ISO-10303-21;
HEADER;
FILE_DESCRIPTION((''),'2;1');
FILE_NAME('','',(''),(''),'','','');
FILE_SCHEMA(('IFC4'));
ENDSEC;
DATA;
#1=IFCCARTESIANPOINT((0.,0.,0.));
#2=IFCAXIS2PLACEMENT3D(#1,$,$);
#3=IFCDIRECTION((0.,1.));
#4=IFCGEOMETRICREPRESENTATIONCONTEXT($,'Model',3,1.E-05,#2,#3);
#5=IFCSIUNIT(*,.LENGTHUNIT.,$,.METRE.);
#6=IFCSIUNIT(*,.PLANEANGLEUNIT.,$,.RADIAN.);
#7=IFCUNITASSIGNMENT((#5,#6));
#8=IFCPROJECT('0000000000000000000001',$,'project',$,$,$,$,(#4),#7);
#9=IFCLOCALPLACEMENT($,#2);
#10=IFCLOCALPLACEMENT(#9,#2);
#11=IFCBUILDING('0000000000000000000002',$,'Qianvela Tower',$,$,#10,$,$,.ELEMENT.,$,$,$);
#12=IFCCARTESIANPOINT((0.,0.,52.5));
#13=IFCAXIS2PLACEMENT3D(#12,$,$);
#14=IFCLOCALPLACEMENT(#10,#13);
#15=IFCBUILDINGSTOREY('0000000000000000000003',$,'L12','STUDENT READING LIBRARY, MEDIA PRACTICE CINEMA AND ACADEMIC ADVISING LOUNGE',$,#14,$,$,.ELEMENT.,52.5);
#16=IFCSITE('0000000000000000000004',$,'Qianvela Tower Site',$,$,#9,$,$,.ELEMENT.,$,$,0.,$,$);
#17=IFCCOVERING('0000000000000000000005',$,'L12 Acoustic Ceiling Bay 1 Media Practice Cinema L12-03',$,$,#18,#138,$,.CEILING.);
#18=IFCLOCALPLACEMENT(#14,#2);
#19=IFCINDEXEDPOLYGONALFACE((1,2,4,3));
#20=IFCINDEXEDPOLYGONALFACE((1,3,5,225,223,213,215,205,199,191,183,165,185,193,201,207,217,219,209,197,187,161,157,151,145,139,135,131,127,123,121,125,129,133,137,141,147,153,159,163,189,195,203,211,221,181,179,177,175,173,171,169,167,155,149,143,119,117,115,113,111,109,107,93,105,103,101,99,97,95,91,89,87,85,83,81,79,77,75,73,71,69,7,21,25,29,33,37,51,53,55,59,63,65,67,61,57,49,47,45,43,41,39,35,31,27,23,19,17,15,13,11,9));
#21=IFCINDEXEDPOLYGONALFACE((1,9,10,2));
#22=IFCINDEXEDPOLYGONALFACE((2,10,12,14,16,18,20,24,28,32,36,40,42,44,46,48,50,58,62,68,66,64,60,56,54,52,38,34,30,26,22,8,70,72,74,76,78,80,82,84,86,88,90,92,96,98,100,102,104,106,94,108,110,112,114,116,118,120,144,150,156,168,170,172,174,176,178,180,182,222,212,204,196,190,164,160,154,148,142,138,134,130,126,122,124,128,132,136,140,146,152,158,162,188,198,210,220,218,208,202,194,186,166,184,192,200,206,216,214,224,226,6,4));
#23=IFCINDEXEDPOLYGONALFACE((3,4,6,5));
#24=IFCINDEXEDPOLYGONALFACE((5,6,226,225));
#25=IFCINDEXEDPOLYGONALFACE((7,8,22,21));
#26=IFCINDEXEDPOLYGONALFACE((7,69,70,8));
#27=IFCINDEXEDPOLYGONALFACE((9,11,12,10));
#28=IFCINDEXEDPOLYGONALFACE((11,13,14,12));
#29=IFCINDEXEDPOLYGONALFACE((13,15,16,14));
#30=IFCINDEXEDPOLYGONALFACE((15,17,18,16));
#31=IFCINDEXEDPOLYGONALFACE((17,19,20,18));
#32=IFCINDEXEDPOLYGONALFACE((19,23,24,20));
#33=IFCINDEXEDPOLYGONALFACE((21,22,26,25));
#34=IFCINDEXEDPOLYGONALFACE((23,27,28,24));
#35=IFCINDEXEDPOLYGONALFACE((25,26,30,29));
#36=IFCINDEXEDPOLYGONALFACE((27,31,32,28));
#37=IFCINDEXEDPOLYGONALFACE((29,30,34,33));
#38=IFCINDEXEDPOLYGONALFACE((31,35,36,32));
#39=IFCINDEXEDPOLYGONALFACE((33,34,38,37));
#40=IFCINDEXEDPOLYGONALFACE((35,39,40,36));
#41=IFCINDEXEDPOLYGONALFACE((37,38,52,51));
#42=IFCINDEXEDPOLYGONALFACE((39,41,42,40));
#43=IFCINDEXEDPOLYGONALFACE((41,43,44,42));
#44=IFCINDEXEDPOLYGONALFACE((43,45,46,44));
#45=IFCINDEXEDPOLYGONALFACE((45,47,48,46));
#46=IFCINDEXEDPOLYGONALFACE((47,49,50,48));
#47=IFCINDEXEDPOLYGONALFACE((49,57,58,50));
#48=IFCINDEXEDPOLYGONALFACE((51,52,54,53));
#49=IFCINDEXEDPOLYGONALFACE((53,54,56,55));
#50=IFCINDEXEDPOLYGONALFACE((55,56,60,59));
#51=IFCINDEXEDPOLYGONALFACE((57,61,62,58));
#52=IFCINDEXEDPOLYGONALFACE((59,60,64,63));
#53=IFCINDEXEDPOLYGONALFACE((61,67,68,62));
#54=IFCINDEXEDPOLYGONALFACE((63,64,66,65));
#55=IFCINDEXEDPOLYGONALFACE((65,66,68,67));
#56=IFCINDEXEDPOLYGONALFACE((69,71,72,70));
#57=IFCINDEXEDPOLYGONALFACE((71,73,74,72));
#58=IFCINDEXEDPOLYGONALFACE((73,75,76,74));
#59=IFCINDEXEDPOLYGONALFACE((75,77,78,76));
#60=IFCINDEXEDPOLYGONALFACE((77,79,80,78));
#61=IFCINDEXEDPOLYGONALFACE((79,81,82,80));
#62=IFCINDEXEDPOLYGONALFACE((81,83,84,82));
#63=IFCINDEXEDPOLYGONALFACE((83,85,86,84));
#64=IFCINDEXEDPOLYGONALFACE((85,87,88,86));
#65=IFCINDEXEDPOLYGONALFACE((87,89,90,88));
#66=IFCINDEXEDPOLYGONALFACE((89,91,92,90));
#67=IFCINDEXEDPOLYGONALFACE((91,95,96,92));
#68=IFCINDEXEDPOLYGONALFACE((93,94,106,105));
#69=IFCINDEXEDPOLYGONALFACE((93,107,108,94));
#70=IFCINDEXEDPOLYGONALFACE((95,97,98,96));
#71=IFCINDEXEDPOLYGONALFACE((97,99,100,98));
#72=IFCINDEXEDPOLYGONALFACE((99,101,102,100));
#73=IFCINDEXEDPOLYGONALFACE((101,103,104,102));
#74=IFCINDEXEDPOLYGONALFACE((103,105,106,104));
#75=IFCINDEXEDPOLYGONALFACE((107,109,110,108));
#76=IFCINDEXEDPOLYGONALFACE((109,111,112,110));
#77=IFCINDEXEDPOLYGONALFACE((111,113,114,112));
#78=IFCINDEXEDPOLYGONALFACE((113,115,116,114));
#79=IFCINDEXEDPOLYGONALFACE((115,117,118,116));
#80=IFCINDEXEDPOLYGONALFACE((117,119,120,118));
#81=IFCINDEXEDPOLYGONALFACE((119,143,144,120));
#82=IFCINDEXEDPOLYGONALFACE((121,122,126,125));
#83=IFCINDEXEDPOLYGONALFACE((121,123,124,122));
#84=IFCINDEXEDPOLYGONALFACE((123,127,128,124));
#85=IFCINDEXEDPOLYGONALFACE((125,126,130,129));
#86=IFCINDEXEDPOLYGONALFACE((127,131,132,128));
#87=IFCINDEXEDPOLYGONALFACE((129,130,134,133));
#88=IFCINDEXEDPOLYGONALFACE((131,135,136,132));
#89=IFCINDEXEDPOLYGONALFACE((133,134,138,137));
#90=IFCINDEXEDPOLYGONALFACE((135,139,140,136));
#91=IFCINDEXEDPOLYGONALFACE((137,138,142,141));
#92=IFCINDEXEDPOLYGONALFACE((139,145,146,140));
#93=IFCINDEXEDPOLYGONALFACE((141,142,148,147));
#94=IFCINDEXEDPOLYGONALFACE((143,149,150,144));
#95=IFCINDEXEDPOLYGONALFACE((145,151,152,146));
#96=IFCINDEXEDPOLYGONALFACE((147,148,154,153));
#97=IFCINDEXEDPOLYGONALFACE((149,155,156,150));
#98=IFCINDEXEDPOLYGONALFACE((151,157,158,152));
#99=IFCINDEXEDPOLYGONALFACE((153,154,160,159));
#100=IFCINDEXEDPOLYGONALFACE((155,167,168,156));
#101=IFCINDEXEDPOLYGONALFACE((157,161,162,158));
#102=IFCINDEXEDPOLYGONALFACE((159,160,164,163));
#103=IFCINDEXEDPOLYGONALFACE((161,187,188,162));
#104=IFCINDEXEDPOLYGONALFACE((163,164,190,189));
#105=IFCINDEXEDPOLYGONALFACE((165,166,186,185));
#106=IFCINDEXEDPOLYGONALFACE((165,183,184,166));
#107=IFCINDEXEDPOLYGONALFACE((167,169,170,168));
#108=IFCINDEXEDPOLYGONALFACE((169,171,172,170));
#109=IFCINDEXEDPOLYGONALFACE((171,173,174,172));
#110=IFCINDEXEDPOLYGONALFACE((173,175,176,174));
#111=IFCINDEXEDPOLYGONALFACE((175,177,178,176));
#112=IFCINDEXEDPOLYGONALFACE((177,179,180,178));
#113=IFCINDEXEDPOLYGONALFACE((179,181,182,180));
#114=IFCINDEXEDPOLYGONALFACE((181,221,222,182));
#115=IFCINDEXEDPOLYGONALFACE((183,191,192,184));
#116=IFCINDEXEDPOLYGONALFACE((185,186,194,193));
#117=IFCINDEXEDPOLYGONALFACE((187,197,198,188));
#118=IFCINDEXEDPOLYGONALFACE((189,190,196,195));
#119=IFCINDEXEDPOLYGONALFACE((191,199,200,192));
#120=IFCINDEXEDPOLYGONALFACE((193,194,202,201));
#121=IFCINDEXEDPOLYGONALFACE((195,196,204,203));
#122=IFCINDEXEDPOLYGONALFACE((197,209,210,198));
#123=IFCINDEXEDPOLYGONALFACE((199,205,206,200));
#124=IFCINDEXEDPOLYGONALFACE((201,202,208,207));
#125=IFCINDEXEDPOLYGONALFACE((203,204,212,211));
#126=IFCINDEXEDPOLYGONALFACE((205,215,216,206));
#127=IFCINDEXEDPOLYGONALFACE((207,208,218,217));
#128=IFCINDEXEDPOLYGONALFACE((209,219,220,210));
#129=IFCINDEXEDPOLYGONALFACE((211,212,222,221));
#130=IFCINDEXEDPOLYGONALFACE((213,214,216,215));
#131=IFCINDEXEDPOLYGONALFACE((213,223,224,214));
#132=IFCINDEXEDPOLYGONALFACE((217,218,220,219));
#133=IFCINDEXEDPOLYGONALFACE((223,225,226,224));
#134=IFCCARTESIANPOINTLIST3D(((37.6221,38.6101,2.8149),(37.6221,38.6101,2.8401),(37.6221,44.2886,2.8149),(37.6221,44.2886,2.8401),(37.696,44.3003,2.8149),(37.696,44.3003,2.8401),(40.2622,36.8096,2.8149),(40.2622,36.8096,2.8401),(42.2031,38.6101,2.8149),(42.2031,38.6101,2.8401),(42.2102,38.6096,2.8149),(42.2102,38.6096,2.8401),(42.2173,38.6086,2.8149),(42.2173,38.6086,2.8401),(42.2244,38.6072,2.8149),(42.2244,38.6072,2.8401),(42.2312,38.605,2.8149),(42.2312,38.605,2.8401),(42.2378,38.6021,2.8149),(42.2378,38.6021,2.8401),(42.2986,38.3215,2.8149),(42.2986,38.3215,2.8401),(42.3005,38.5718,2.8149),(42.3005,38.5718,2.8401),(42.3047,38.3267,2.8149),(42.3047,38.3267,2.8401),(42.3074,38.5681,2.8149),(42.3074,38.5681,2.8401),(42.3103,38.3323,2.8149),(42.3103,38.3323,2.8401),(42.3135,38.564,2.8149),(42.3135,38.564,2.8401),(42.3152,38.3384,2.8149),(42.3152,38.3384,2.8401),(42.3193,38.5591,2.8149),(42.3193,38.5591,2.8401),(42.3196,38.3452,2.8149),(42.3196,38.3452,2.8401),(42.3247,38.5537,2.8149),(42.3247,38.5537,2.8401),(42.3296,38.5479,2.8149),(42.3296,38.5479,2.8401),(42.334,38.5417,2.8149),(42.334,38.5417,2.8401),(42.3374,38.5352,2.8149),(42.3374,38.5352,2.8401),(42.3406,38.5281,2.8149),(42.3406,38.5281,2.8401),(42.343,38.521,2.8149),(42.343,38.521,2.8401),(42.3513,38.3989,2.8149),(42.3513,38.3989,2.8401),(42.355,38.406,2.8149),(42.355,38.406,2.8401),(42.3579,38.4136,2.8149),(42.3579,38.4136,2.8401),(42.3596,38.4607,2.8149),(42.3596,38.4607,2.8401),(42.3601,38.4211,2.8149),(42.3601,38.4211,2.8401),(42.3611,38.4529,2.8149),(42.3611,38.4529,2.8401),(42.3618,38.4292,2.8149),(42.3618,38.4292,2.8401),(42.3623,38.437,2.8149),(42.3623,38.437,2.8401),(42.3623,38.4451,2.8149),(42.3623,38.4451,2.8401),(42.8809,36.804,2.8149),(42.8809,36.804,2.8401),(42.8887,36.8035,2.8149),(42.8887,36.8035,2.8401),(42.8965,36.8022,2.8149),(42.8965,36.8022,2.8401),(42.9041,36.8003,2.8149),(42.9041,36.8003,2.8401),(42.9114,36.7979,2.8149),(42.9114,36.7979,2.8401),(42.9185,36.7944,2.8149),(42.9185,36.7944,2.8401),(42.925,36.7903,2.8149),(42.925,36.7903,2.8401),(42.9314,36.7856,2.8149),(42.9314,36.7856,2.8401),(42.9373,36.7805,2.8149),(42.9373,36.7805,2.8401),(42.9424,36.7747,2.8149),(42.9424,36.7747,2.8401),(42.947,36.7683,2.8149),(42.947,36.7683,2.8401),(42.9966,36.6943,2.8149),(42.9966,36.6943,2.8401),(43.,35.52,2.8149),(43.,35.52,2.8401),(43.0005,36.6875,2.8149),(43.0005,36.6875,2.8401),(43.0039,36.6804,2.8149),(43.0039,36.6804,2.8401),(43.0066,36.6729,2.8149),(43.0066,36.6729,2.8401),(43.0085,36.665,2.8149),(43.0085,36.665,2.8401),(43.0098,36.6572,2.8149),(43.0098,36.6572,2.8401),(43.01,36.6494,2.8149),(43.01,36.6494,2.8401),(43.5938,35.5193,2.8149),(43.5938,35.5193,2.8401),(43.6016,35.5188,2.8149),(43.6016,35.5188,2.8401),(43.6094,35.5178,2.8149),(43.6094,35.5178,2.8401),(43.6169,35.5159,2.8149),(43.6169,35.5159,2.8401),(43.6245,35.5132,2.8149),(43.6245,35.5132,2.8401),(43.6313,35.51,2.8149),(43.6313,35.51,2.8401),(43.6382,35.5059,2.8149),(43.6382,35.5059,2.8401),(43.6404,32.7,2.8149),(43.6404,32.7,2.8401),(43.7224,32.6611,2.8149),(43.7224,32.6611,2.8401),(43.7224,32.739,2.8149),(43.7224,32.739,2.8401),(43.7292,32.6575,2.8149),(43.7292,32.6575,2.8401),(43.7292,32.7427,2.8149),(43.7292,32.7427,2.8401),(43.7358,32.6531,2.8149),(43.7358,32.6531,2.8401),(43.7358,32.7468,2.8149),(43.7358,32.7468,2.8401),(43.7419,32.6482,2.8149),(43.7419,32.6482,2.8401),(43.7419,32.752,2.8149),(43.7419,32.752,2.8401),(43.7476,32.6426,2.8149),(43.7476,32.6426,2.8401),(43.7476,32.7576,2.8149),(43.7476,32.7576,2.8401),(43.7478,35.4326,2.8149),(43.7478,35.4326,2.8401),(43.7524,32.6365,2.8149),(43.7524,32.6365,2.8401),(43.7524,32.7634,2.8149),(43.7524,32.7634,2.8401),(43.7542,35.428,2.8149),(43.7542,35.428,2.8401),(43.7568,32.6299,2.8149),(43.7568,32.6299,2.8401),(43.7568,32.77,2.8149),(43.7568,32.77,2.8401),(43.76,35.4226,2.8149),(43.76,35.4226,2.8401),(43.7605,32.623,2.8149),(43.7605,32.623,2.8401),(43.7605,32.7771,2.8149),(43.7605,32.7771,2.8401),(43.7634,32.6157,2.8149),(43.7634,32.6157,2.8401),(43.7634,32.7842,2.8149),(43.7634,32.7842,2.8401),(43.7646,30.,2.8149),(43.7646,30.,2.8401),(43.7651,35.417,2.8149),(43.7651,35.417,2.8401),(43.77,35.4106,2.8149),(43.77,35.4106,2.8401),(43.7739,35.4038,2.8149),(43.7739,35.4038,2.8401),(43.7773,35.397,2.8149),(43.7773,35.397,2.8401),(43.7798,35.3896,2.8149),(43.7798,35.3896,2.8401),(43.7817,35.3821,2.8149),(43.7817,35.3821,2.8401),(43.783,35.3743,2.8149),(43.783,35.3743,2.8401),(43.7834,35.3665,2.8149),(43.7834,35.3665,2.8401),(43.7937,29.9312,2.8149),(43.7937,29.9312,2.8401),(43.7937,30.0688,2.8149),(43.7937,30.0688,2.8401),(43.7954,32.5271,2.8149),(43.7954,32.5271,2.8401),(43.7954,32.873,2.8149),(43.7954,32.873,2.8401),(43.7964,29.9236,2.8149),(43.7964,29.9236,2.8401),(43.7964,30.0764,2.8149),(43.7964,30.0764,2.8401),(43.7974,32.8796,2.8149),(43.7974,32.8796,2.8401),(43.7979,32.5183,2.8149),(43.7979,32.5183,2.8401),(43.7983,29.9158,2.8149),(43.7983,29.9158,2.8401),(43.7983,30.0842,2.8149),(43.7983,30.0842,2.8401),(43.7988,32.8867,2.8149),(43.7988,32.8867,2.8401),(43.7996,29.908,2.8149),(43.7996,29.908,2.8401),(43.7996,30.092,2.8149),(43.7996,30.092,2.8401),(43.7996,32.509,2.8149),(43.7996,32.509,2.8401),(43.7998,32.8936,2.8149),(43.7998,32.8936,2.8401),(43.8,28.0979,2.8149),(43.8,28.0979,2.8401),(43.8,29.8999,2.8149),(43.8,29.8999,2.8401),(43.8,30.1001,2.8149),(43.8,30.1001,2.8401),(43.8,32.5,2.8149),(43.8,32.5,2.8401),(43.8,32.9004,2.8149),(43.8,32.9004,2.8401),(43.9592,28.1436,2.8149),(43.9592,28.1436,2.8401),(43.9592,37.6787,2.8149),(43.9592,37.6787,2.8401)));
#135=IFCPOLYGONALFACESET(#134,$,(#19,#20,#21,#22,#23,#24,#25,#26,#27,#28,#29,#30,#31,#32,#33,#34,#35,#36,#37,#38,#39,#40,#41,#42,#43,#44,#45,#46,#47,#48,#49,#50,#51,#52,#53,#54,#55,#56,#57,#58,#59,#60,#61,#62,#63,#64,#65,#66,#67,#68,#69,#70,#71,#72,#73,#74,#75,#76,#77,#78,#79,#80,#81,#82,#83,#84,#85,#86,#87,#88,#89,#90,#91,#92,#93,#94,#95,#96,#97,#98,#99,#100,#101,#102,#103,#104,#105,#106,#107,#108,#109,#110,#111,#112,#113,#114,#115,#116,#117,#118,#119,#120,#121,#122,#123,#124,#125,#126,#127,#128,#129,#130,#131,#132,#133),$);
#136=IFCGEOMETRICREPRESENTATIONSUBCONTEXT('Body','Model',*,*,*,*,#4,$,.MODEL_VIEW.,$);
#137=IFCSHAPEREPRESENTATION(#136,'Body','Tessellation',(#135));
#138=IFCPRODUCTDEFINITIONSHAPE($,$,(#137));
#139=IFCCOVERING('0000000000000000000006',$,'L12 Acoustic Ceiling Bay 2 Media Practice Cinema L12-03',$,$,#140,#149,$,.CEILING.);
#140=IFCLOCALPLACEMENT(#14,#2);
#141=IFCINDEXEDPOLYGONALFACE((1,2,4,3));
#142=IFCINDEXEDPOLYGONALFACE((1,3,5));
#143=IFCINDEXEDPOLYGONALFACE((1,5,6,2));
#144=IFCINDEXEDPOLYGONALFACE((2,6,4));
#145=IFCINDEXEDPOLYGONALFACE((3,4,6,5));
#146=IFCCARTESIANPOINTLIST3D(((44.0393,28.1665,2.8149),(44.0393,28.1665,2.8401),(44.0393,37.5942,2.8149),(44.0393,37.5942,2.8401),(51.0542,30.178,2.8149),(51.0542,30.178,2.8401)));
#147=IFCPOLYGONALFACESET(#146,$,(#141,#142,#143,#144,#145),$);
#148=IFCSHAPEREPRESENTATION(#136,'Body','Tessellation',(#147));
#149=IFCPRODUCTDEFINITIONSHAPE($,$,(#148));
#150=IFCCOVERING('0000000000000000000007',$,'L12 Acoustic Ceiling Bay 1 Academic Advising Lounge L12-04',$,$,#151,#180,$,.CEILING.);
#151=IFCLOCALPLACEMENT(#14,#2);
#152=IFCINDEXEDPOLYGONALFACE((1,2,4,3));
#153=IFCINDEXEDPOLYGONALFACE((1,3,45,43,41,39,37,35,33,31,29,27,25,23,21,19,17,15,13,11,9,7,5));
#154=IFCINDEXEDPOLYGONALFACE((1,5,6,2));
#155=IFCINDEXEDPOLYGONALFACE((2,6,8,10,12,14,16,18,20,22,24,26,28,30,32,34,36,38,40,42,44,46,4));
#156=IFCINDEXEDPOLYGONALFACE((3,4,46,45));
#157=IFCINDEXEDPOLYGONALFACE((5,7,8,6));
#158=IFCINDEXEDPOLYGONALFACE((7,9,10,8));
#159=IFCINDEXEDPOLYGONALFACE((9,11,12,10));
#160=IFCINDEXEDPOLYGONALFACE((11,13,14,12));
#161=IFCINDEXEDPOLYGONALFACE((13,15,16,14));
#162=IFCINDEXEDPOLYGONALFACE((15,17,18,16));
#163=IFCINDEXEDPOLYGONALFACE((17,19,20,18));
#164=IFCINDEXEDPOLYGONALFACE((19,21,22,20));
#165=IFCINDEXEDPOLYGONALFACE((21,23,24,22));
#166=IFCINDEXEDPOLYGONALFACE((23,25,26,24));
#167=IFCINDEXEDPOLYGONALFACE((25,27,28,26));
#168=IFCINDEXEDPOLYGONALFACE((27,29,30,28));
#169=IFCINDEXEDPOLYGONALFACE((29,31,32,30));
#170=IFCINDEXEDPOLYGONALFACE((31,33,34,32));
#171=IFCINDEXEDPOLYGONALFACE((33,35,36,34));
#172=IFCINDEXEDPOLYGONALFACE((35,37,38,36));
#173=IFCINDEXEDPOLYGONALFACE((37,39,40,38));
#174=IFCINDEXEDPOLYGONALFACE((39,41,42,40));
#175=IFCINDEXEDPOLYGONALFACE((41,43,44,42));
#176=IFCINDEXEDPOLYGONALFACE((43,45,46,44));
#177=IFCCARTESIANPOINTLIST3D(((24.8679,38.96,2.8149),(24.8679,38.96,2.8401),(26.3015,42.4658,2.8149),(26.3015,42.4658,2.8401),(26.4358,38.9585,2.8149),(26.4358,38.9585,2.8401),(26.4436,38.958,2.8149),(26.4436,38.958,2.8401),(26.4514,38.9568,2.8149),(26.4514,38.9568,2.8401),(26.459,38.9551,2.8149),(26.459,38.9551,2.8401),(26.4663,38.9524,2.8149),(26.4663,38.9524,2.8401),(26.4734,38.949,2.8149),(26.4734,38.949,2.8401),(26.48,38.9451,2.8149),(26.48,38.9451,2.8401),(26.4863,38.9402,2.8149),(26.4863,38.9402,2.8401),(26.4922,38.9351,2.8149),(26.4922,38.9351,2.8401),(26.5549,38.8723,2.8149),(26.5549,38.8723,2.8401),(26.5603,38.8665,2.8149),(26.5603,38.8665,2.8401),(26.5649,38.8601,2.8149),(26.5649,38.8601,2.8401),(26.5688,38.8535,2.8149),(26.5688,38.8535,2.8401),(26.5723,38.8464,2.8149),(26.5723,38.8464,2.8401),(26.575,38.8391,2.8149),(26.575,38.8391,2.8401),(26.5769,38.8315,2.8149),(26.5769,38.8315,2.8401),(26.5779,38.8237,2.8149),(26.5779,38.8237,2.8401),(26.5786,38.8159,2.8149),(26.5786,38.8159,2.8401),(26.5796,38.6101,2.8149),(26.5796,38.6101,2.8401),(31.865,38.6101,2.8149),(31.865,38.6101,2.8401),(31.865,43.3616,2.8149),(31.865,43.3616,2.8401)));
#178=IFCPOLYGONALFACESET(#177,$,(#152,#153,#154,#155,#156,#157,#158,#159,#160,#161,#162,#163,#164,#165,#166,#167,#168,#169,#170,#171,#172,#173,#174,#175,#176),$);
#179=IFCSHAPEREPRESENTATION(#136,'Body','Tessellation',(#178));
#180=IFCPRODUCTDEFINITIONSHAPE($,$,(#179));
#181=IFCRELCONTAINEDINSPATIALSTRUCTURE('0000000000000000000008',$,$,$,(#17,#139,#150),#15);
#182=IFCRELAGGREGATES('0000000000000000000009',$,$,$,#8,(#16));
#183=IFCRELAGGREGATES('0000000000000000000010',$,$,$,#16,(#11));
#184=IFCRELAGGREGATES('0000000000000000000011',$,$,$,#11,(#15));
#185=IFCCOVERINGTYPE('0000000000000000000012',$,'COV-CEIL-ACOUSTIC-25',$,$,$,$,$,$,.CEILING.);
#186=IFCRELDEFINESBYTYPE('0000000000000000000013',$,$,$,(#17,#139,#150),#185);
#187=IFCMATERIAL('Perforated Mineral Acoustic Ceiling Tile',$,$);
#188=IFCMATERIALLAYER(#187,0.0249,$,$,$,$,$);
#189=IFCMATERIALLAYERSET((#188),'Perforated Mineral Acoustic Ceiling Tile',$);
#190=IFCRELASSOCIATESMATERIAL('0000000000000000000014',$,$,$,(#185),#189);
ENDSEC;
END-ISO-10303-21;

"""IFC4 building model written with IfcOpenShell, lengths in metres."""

from ifc_helpers import new_model, si_unit, direction, frame, origin, place, context, subcontext, project, spatial, polyline, outline, extrude, material, layer, layer_set, type_object, element, save


model = new_model("IFC4")

# Units and contexts
model_context = context("Model", 3, precision=1e-05, world=origin(), true_north=direction((0.0, 1.0)))
body_context = subcontext(model_context, "Body", "Model", "MODEL_VIEW")
ifc_project = project(units=[si_unit("LENGTHUNIT", "METRE"), si_unit("PLANEANGLEUNIT", "RADIAN")], contexts=[model_context])

# Site, building, storey
site_placement = place(None, origin())
site = spatial("IfcSite", under=ifc_project, at=site_placement, Name="Qianvela Tower Site", CompositionType="ELEMENT", RefElevation=0.0)
building_placement = place(site_placement, origin())
building = spatial("IfcBuilding", under=site, at=building_placement, Name="Qianvela Tower", CompositionType="ELEMENT")
storey_placement = place(building_placement, frame((0.0, 0.0, 52.5)))
storey = spatial("IfcBuildingStorey", under=building, at=storey_placement, Name="L12", Description="STUDENT READING LIBRARY, MEDIA PRACTICE CINEMA AND ACADEMIC ADVISING LOUNGE", CompositionType="ELEMENT", Elevation=52.5)

# Coverings
ifc_material_1 = material(Name="Perforated Mineral Acoustic Ceiling Tile")
ifc_layer_1 = layer(ifc_material_1, 0.0249)
ifc_layer_set_1 = layer_set([ifc_layer_1], Name="Perforated Mineral Acoustic Ceiling Tile")
covering_type_1 = type_object("IfcCoveringType", Name="COV-CEIL-ACOUSTIC-25", PredefinedType="CEILING", material=ifc_layer_set_1)
covering_1_placement = place(storey_placement, frame((0.0, 0.0, 2.8149)))
element("IfcCovering", 1, at=covering_1_placement, inside=storey, type_object=covering_type_1, Name="L12 Acoustic Ceiling Bay 1 Media Practice Cinema L12-03", PredefinedType="CEILING", context=body_context, shape_type="SweptSolid", body=[
    extrude(outline(polyline([(43.7224, 32.739), (43.7292, 32.7427), (43.7358, 32.7468), (43.7419, 32.752), (43.7476, 32.7576), (43.7524, 32.7634), (43.7568, 32.77), (43.7605, 32.7771), (43.7634, 32.7842), (43.7954, 32.873), (43.7974, 32.8796), (43.7988, 32.8867), (43.7998, 32.8936), (43.8, 32.9004), (43.7834, 35.3665), (43.783, 35.3743), (43.7817, 35.3821), (43.7798, 35.3896), (43.7773, 35.397), (43.7739, 35.4038), (43.77, 35.4106), (43.7651, 35.417), (43.76, 35.4226), (43.7542, 35.428), (43.7478, 35.4326), (43.6382, 35.5059), (43.6313, 35.51), (43.6245, 35.5132), (43.6169, 35.5159), (43.6094, 35.5178), (43.6016, 35.5188), (43.5938, 35.5193), (43.0, 35.52), (43.01, 36.6494), (43.0098, 36.6572), (43.0085, 36.665), (43.0066, 36.6729), (43.0039, 36.6804), (43.0005, 36.6875), (42.9966, 36.6943), (42.947, 36.7683), (42.9424, 36.7747), (42.9373, 36.7805), (42.9314, 36.7856), (42.925, 36.7903), (42.9185, 36.7944), (42.9114, 36.7979), (42.9041, 36.8003), (42.8965, 36.8022), (42.8887, 36.8035), (42.8809, 36.804), (40.2622, 36.8096), (42.2986, 38.3215), (42.3047, 38.3267), (42.3103, 38.3323), (42.3152, 38.3384), (42.3196, 38.3452), (42.3513, 38.3989), (42.355, 38.406), (42.3579, 38.4136), (42.3601, 38.4211), (42.3618, 38.4292), (42.3623, 38.437), (42.3623, 38.4451), (42.3611, 38.4529), (42.3596, 38.4607), (42.343, 38.521), (42.3406, 38.5281), (42.3374, 38.5352), (42.334, 38.5417), (42.3296, 38.5479), (42.3247, 38.5537), (42.3193, 38.5591), (42.3135, 38.564), (42.3074, 38.5681), (42.3005, 38.5718), (42.2378, 38.6021), (42.2312, 38.605), (42.2244, 38.6072), (42.2173, 38.6086), (42.2102, 38.6096), (42.2031, 38.6101), (37.6221, 38.6101), (37.6221, 44.2886), (37.696, 44.3003), (43.9592, 37.6787), (43.9592, 28.1436), (43.8, 28.0979), (43.8, 29.8999), (43.7996, 29.908), (43.7983, 29.9158), (43.7964, 29.9236), (43.7937, 29.9312), (43.7646, 30.0), (43.7937, 30.0688), (43.7964, 30.0764), (43.7983, 30.0842), (43.7996, 30.092), (43.8, 30.1001), (43.8, 32.5), (43.7996, 32.509), (43.7979, 32.5183), (43.7954, 32.5271), (43.7634, 32.6157), (43.7605, 32.623), (43.7568, 32.6299), (43.7524, 32.6365), (43.7476, 32.6426), (43.7419, 32.6482), (43.7358, 32.6531), (43.7292, 32.6575), (43.7224, 32.6611), (43.6404, 32.7), (43.7224, 32.739)])), origin(), (0.0, 0.0, 1.0), 0.0251),
])
covering_2_placement = place(storey_placement, frame((0.0, 0.0, 2.8149)))
element("IfcCovering", 2, at=covering_2_placement, inside=storey, type_object=covering_type_1, Name="L12 Acoustic Ceiling Bay 2 Media Practice Cinema L12-03", PredefinedType="CEILING", context=body_context, shape_type="SweptSolid", body=[
    extrude(outline(polyline([(51.0542, 30.178), (44.0393, 28.1665), (44.0393, 37.5942), (51.0542, 30.178)])), origin(), (0.0, 0.0, 1.0), 0.0251),
])
covering_3_placement = place(storey_placement, frame((0.0, 0.0, 2.8149)))
element("IfcCovering", 3, at=covering_3_placement, inside=storey, type_object=covering_type_1, Name="L12 Acoustic Ceiling Bay 1 Academic Advising Lounge L12-04", PredefinedType="CEILING", context=body_context, shape_type="SweptSolid", body=[
    extrude(outline(polyline([(26.5779, 38.8237), (26.5769, 38.8315), (26.575, 38.8391), (26.5723, 38.8464), (26.5688, 38.8535), (26.5649, 38.8601), (26.5603, 38.8665), (26.5549, 38.8723), (26.4922, 38.9351), (26.4863, 38.9402), (26.48, 38.9451), (26.4734, 38.949), (26.4663, 38.9524), (26.459, 38.9551), (26.4514, 38.9568), (26.4436, 38.958), (26.4358, 38.9585), (24.8679, 38.96), (26.3015, 42.4658), (31.865, 43.3616), (31.865, 38.6101), (26.5796, 38.6101), (26.5786, 38.8159), (26.5779, 38.8237)])), origin(), (0.0, 0.0, 1.0), 0.0251),
])

save(model, "model.ifc")
